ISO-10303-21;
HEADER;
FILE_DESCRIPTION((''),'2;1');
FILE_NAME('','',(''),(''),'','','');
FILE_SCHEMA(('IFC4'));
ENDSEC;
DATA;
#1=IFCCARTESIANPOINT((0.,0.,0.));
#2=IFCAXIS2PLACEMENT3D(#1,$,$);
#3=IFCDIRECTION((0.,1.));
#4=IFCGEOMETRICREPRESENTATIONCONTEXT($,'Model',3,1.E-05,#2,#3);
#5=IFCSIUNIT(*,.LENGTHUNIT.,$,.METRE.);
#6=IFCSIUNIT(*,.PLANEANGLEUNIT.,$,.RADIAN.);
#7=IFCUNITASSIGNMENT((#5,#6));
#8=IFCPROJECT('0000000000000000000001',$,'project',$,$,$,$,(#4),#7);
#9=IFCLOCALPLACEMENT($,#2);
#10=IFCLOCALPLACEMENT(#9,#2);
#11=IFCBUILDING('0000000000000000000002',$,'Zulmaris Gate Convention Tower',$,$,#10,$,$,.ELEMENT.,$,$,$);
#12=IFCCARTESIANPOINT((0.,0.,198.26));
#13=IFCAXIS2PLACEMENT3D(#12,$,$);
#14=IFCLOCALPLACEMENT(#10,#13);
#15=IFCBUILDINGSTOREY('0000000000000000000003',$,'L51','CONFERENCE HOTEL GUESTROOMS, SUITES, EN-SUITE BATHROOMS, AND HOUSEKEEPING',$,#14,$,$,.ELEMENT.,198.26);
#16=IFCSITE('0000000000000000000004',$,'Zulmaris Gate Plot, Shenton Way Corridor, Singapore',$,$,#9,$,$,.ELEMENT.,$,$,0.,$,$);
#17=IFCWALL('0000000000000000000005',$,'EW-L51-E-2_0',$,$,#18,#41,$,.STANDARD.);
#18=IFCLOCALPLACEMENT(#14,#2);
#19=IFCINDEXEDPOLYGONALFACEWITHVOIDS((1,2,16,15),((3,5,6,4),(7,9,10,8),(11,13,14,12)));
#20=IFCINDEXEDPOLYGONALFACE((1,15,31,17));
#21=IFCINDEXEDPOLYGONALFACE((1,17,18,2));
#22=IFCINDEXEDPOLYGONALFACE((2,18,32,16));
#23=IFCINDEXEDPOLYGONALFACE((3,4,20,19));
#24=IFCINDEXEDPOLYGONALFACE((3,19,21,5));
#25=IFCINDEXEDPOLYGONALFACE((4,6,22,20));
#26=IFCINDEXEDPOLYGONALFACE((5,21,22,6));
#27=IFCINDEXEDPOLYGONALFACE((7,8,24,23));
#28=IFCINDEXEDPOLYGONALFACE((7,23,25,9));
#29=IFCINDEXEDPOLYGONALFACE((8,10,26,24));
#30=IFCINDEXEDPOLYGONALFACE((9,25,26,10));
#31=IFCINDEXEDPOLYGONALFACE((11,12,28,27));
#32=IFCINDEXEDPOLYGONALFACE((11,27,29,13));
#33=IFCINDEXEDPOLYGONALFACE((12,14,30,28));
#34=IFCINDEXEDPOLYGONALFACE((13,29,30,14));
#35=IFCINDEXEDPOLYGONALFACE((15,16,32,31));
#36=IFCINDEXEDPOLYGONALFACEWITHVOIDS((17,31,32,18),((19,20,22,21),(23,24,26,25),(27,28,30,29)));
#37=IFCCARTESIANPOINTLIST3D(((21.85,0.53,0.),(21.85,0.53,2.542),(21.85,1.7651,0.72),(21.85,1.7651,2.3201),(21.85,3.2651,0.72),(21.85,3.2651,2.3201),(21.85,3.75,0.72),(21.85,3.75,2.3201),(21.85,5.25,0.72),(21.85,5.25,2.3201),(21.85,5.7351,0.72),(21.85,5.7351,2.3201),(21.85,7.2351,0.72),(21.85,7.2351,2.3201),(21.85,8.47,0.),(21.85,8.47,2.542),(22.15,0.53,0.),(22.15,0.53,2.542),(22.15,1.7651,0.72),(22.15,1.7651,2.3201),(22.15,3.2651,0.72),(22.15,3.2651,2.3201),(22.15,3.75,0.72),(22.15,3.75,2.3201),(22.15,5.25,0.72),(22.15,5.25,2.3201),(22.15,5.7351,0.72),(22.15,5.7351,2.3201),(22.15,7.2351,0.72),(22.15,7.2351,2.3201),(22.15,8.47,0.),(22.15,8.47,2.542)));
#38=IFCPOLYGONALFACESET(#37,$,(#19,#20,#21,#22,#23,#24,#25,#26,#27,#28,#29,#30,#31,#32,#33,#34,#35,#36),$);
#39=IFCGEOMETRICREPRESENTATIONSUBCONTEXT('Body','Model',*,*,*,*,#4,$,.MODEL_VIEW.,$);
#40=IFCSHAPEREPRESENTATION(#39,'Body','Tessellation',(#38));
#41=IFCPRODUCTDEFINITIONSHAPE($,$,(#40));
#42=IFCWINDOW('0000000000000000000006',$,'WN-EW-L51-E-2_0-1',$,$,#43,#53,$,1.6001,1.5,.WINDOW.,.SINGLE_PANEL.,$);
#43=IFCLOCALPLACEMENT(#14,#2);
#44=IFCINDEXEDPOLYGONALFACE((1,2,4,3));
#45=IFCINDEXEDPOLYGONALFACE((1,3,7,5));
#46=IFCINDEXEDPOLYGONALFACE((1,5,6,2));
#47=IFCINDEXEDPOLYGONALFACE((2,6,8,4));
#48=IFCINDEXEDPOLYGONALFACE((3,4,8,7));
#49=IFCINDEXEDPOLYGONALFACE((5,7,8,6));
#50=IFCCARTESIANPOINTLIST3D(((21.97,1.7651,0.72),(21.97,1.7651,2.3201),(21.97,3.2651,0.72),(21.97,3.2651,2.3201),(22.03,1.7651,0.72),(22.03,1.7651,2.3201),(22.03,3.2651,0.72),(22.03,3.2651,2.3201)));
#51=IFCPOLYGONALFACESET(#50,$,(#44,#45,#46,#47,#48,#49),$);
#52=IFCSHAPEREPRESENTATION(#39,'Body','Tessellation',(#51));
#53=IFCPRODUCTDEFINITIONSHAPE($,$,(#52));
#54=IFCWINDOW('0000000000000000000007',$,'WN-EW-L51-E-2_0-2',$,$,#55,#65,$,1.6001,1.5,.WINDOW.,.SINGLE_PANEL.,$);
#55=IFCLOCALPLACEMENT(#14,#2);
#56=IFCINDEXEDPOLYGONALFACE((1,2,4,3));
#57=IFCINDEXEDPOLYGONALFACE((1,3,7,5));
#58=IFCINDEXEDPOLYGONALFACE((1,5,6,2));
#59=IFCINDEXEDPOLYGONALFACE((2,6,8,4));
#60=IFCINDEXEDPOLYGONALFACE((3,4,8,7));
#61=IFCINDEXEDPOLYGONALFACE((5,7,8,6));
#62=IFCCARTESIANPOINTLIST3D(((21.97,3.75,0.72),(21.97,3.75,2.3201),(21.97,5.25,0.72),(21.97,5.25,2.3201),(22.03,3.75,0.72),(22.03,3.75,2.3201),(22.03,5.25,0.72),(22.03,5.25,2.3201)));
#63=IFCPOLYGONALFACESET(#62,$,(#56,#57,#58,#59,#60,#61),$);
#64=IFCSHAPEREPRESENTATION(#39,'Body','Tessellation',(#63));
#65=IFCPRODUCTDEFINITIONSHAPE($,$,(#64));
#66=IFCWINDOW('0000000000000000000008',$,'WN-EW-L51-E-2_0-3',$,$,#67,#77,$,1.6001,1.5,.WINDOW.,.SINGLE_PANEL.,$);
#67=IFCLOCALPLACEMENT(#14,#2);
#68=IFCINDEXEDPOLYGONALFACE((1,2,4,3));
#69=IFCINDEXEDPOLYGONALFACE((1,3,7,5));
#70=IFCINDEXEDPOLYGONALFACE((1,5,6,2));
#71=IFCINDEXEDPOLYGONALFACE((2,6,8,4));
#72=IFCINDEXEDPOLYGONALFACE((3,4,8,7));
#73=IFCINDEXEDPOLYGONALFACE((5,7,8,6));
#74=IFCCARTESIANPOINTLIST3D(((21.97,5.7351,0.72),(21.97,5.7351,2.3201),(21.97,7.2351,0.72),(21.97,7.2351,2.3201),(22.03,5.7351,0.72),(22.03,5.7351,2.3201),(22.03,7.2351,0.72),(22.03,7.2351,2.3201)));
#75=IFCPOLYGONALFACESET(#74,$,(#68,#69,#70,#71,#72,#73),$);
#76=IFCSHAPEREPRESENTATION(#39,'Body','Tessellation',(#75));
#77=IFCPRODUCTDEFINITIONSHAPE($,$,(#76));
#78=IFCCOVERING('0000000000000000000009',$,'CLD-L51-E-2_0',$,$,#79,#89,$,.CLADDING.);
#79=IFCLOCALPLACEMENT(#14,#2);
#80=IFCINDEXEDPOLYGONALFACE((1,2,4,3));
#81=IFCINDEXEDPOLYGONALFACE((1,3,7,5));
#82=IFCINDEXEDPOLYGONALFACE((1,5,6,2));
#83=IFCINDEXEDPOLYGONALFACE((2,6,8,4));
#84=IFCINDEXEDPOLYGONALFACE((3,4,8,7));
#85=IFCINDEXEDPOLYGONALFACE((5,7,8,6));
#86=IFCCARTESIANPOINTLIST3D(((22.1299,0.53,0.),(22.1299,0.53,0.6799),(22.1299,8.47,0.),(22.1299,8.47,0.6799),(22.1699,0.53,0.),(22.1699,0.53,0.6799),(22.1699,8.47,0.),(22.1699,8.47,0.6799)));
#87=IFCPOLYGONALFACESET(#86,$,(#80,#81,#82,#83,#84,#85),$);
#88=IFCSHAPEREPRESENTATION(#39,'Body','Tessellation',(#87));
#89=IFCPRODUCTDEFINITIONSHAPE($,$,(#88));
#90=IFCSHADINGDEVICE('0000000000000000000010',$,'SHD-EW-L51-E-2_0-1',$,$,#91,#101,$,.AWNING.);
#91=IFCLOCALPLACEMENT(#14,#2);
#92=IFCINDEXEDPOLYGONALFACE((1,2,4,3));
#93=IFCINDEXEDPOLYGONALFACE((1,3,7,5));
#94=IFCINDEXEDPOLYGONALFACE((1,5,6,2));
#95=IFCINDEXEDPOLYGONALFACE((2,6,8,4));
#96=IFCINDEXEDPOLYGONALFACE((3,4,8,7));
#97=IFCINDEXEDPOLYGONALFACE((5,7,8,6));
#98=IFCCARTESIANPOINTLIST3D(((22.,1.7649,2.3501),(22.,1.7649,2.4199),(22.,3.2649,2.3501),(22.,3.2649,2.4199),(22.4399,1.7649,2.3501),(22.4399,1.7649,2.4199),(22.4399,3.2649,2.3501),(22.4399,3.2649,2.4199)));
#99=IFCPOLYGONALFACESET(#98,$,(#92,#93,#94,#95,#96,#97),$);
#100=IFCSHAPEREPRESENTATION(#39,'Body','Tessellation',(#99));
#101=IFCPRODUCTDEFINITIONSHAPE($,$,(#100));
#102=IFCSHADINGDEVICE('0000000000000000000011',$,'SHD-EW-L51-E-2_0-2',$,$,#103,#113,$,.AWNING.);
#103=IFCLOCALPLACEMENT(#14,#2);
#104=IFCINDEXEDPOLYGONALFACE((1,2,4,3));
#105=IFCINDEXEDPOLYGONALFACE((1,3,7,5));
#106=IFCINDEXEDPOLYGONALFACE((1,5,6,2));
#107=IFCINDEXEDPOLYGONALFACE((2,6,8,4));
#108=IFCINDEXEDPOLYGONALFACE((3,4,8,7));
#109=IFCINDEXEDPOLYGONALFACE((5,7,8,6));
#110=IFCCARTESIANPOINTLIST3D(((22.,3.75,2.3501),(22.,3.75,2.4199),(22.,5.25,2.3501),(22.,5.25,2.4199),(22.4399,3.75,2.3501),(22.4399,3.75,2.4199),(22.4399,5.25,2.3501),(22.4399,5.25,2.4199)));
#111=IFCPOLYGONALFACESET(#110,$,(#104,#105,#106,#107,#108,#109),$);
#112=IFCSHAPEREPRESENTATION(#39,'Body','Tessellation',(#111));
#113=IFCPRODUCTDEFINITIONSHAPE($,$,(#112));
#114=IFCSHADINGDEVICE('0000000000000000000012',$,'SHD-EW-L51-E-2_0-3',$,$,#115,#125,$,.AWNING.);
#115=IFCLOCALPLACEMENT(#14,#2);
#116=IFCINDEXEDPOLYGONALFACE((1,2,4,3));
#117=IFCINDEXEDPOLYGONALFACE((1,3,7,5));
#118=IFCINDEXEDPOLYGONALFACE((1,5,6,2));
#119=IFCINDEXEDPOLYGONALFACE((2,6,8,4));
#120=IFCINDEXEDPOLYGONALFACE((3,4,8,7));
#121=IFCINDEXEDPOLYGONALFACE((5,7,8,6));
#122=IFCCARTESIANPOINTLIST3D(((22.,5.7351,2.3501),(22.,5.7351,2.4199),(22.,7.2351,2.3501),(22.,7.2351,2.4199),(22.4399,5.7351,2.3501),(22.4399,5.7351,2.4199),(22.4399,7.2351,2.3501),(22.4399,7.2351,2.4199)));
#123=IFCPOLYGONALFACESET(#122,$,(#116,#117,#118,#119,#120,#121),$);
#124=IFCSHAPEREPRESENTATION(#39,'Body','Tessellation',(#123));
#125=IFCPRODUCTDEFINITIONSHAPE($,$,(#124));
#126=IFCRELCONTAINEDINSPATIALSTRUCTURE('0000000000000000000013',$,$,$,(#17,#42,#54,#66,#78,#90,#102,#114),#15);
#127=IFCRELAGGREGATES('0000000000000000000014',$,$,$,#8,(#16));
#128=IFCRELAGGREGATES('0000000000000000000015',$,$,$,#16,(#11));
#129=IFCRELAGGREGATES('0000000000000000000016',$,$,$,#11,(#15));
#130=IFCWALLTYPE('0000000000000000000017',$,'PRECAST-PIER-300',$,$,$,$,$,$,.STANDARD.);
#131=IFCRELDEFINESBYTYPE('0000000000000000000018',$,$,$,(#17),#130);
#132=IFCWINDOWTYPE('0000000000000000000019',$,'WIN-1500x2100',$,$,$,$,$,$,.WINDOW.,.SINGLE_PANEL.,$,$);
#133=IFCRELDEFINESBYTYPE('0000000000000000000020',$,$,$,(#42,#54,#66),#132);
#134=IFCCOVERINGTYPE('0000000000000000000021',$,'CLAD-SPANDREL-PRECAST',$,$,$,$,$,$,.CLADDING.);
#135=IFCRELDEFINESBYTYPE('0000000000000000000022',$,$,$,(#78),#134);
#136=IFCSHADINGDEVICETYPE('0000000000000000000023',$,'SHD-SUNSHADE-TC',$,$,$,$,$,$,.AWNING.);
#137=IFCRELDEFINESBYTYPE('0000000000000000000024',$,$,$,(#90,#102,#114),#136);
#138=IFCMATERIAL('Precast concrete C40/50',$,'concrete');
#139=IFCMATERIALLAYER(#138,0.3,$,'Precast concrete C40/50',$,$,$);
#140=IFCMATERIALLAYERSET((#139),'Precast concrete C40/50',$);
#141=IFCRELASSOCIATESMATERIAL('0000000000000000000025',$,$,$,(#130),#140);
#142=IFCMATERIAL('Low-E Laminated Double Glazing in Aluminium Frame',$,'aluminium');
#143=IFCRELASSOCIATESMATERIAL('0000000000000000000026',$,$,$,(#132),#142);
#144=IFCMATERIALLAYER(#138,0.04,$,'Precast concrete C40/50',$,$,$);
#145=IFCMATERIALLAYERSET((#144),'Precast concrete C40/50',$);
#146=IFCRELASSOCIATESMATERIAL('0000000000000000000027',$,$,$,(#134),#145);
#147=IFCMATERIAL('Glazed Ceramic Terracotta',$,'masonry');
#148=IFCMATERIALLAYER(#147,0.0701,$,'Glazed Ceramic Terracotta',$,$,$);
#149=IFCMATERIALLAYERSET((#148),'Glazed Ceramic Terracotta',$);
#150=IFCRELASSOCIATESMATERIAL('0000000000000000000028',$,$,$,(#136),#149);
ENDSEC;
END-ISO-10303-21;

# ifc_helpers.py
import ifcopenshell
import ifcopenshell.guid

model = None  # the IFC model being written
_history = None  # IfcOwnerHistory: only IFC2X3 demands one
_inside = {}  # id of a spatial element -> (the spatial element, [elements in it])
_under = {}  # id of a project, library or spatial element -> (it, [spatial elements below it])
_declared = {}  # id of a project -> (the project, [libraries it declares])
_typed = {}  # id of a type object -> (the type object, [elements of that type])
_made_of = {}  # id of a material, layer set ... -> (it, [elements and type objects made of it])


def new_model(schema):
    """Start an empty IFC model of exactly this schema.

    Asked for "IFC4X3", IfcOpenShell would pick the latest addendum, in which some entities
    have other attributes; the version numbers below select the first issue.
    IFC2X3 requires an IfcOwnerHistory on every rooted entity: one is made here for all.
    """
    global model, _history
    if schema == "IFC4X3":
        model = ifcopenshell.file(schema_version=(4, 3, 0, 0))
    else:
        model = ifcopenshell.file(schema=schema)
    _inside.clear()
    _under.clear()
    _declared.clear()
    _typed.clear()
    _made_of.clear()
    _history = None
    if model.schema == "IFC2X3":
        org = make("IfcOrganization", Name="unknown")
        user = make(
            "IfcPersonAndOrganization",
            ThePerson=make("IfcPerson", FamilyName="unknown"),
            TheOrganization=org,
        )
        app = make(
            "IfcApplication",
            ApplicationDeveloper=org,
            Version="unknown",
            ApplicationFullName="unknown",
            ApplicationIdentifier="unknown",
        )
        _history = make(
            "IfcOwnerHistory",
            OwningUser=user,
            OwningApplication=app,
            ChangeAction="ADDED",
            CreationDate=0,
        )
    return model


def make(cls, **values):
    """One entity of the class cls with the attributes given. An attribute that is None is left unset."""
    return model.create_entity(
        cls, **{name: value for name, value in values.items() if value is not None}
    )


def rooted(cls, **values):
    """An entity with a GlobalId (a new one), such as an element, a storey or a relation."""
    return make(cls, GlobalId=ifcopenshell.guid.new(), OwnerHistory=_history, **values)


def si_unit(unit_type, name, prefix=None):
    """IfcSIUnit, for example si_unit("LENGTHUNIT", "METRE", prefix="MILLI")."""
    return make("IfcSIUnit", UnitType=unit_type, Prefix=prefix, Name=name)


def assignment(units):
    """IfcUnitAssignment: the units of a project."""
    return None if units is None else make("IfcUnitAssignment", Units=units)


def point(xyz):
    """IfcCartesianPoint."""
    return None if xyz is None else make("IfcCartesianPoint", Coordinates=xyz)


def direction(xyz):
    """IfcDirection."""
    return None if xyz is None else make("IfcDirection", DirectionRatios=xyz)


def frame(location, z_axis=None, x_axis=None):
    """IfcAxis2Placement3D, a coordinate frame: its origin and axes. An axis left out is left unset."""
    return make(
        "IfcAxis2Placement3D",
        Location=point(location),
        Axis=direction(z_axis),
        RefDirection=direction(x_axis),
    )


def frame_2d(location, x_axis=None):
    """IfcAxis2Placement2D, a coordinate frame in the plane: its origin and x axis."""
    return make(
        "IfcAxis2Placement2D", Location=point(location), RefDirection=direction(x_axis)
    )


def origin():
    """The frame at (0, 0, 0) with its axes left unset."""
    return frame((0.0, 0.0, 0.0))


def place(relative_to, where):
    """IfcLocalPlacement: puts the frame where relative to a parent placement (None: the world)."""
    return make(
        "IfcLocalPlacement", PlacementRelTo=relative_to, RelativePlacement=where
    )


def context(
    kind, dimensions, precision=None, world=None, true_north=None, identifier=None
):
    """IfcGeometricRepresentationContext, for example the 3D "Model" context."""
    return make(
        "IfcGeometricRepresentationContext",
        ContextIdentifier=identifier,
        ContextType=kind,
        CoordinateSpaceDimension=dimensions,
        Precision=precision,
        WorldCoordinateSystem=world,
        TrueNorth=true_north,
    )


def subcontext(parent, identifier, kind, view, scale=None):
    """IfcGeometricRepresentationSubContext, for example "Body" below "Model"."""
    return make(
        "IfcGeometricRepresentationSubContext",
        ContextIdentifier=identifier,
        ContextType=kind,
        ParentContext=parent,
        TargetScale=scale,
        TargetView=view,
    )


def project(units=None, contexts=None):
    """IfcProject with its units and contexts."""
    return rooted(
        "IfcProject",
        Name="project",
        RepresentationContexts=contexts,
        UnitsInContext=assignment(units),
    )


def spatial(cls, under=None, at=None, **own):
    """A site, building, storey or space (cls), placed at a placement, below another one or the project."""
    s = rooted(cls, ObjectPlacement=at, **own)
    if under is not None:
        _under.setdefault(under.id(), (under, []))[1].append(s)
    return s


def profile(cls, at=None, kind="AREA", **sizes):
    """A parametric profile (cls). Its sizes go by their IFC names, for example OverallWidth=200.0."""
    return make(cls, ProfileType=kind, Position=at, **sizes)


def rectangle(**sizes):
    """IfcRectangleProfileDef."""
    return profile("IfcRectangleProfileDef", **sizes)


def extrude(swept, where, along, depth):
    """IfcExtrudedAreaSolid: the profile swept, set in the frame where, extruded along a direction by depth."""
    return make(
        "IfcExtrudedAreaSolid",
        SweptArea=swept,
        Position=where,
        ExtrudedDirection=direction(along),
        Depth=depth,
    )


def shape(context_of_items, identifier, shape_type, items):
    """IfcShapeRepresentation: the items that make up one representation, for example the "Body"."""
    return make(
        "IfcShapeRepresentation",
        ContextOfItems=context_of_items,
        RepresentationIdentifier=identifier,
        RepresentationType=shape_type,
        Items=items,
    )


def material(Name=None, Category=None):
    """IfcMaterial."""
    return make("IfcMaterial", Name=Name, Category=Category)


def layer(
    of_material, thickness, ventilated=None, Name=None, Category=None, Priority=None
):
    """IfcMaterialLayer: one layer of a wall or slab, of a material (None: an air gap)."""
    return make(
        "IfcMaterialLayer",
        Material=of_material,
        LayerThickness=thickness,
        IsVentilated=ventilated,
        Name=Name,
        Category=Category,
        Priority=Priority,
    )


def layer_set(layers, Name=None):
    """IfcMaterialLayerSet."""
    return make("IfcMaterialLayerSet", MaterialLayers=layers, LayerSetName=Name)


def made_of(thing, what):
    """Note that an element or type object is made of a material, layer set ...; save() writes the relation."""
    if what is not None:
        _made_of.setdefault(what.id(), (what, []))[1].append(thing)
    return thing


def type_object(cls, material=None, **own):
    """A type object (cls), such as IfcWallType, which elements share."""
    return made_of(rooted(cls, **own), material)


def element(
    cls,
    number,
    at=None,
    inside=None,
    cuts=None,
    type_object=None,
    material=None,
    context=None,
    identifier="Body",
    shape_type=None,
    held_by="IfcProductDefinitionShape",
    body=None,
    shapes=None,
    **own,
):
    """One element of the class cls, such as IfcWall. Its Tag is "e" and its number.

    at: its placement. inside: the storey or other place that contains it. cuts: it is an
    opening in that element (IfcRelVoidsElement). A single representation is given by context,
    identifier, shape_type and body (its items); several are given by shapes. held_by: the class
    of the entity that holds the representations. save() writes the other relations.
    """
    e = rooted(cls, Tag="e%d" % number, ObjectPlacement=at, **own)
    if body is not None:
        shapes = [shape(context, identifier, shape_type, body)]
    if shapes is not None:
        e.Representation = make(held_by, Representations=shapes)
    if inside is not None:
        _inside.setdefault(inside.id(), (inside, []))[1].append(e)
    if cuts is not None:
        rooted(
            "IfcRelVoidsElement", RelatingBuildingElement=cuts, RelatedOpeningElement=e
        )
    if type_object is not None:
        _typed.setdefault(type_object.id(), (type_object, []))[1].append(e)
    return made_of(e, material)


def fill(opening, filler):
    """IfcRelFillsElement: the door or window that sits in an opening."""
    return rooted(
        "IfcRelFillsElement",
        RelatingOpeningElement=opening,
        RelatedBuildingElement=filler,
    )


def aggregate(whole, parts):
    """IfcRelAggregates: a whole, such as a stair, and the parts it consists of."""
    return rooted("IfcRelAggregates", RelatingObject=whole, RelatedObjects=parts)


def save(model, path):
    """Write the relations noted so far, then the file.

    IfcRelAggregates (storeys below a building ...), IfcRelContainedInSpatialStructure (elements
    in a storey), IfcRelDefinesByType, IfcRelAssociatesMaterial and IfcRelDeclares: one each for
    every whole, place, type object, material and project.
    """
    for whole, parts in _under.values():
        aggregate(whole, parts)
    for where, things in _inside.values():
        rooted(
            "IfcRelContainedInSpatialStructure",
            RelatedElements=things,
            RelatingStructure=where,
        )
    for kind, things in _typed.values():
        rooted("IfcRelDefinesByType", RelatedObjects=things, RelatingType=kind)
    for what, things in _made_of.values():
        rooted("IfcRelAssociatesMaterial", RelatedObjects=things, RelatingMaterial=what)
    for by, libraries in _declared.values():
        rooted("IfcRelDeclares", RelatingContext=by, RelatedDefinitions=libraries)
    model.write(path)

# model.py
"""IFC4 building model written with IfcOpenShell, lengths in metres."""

from ifc_helpers import new_model, si_unit, direction, frame, frame_2d, origin, place, context, subcontext, project, spatial, rectangle, extrude, material, layer, layer_set, type_object, element, fill, save


model = new_model("IFC4")

# Units and contexts
model_context = context("Model", 3, precision=1e-05, world=origin(), true_north=direction((0.0, 1.0)))
body_context = subcontext(model_context, "Body", "Model", "MODEL_VIEW")
ifc_project = project(units=[si_unit("LENGTHUNIT", "METRE"), si_unit("PLANEANGLEUNIT", "RADIAN")], contexts=[model_context])

# Site, building, storey
site_placement = place(None, origin())
site = spatial("IfcSite", under=ifc_project, at=site_placement, Name="Zulmaris Gate Plot, Shenton Way Corridor, Singapore", CompositionType="ELEMENT", RefElevation=0.0)
building_placement = place(site_placement, origin())
building = spatial("IfcBuilding", under=site, at=building_placement, Name="Zulmaris Gate Convention Tower", CompositionType="ELEMENT")
storey_placement = place(building_placement, frame((0.0, 0.0, 198.26)))
storey = spatial("IfcBuildingStorey", under=building, at=storey_placement, Name="L51", Description="CONFERENCE HOTEL GUESTROOMS, SUITES, EN-SUITE BATHROOMS, AND HOUSEKEEPING", CompositionType="ELEMENT", Elevation=198.26)

# Wall, openings, windows
ifc_material_1 = material(Name="Precast concrete C40/50", Category="concrete")
ifc_layer_1 = layer(ifc_material_1, 0.3, Name="Precast concrete C40/50")
ifc_layer_set_1 = layer_set([ifc_layer_1], Name="Precast concrete C40/50")
wall_type_1 = type_object("IfcWallType", Name="PRECAST-PIER-300", PredefinedType="STANDARD", material=ifc_layer_set_1)
wall_1_placement = place(storey_placement, frame((22.0, 0.53, 0.0), z_axis=(0.0, 0.0, 1.0), x_axis=(0.0, 1.0, 0.0)))
wall_1 = element("IfcWall", 1, at=wall_1_placement, inside=storey, type_object=wall_type_1, Name="EW-L51-E-2_0", PredefinedType="STANDARD", context=body_context, shape_type="SweptSolid", body=[
    extrude(rectangle(XDim=7.9399, YDim=0.3, at=frame_2d((3.97, 0.0))), origin(), (0.0, 0.0, 1.0), 2.542),
])
opening_1_placement = place(wall_1_placement, frame((1.2351, 0.0, 0.72)))
opening_1 = element("IfcOpeningElement", 2, at=opening_1_placement, cuts=wall_1, PredefinedType="OPENING", context=body_context, shape_type="SweptSolid", body=[
    extrude(rectangle(XDim=1.5, YDim=1.6001, at=frame_2d((0.75, 0.8))), frame((0.0, 0.1602, 0.0), z_axis=(0.0, -1.0, 0.0), x_axis=(1.0, 0.0, 0.0)), (0.0, 0.0, 1.0), 0.3201),
])
opening_2_placement = place(wall_1_placement, frame((3.22, 0.0, 0.72)))
opening_2 = element("IfcOpeningElement", 3, at=opening_2_placement, cuts=wall_1, PredefinedType="OPENING", context=body_context, shape_type="SweptSolid", body=[
    extrude(rectangle(XDim=1.5, YDim=1.6001, at=frame_2d((0.75, 0.8))), frame((0.0, 0.1602, 0.0), z_axis=(0.0, -1.0, 0.0), x_axis=(1.0, 0.0, 0.0)), (0.0, 0.0, 1.0), 0.3201),
])
opening_3_placement = place(wall_1_placement, frame((5.2051, 0.0, 0.72)))
opening_3 = element("IfcOpeningElement", 4, at=opening_3_placement, cuts=wall_1, PredefinedType="OPENING", context=body_context, shape_type="SweptSolid", body=[
    extrude(rectangle(XDim=1.5, YDim=1.6001, at=frame_2d((0.75, 0.8))), frame((0.0, 0.1602, 0.0), z_axis=(0.0, -1.0, 0.0), x_axis=(1.0, 0.0, 0.0)), (0.0, 0.0, 1.0), 0.3201),
])
ifc_material_2 = material(Name="Low-E Laminated Double Glazing in Aluminium Frame", Category="aluminium")
window_type = type_object("IfcWindowType", Name="WIN-1500x2100", PartitioningType="SINGLE_PANEL", PredefinedType="WINDOW", material=ifc_material_2)
window_1_placement = place(opening_1_placement, origin())
window_1 = element("IfcWindow", 5, at=window_1_placement, inside=storey, type_object=window_type, Name="WN-EW-L51-E-2_0-1", OverallHeight=1.6001, OverallWidth=1.5, PartitioningType="SINGLE_PANEL", PredefinedType="WINDOW", context=body_context, shape_type="SweptSolid", body=[
    extrude(rectangle(XDim=1.5, YDim=1.6001, at=frame_2d((0.75, 0.8))), frame((0.0, 0.03, 0.0), z_axis=(0.0, -1.0, 0.0), x_axis=(1.0, 0.0, 0.0)), (0.0, 0.0, 1.0), 0.0601),
])
fill(opening_1, window_1)
window_2_placement = place(opening_2_placement, origin())
window_2 = element("IfcWindow", 6, at=window_2_placement, inside=storey, type_object=window_type, Name="WN-EW-L51-E-2_0-2", OverallHeight=1.6001, OverallWidth=1.5, PartitioningType="SINGLE_PANEL", PredefinedType="WINDOW", context=body_context, shape_type="SweptSolid", body=[
    extrude(rectangle(XDim=1.5, YDim=1.6001, at=frame_2d((0.75, 0.8))), frame((0.0, 0.03, 0.0), z_axis=(0.0, -1.0, 0.0), x_axis=(1.0, 0.0, 0.0)), (0.0, 0.0, 1.0), 0.0601),
])
fill(opening_2, window_2)
window_3_placement = place(opening_3_placement, origin())
window_3 = element("IfcWindow", 7, at=window_3_placement, inside=storey, type_object=window_type, Name="WN-EW-L51-E-2_0-3", OverallHeight=1.6001, OverallWidth=1.5, PartitioningType="SINGLE_PANEL", PredefinedType="WINDOW", context=body_context, shape_type="SweptSolid", body=[
    extrude(rectangle(XDim=1.5, YDim=1.6001, at=frame_2d((0.75, 0.8))), frame((0.0, 0.03, 0.0), z_axis=(0.0, -1.0, 0.0), x_axis=(1.0, 0.0, 0.0)), (0.0, 0.0, 1.0), 0.0601),
])
fill(opening_3, window_3)

# Covering
ifc_layer_2 = layer(ifc_material_1, 0.04, Name="Precast concrete C40/50")
ifc_layer_set_2 = layer_set([ifc_layer_2], Name="Precast concrete C40/50")
covering_type = type_object("IfcCoveringType", Name="CLAD-SPANDREL-PRECAST", PredefinedType="CLADDING", material=ifc_layer_set_2)
covering_placement = place(storey_placement, frame((22.1499, 0.53, 0.0), z_axis=(0.0, 0.0, 1.0), x_axis=(0.0, 1.0, 0.0)))
element("IfcCovering", 8, at=covering_placement, inside=storey, type_object=covering_type, Name="CLD-L51-E-2_0", PredefinedType="CLADDING", context=body_context, shape_type="SweptSolid", body=[
    extrude(rectangle(XDim=7.9399, YDim=0.04, at=frame_2d((3.97, 0.0))), origin(), (0.0, 0.0, 1.0), 0.6799),
])

# Shading devices
ifc_material_3 = material(Name="Glazed Ceramic Terracotta", Category="masonry")
ifc_layer_3 = layer(ifc_material_3, 0.0701, Name="Glazed Ceramic Terracotta")
ifc_layer_set_3 = layer_set([ifc_layer_3], Name="Glazed Ceramic Terracotta")
shading_device_type = type_object("IfcShadingDeviceType", Name="SHD-SUNSHADE-TC", PredefinedType="AWNING", material=ifc_layer_set_3)
for number, where, z_axis, x_axis, name in (
    (9, (22.22, 1.7649, 2.3501), (0.0, 0.0, 1.0), (0.0, 1.0, 0.0), "SHD-EW-L51-E-2_0-1"),
    (10, (22.22, 3.75, 2.3501), (0.0, 0.0, 1.0), (0.0, 1.0, 0.0), "SHD-EW-L51-E-2_0-2"),
    (11, (22.22, 5.7351, 2.3501), (0.0, 0.0, 1.0), (0.0, 1.0, 0.0), "SHD-EW-L51-E-2_0-3"),
):
    element("IfcShadingDevice", number, at=place(storey_placement, frame(where, z_axis=z_axis, x_axis=x_axis)), inside=storey, type_object=shading_device_type, Name=name, PredefinedType="AWNING", context=body_context, shape_type="SweptSolid", body=[
        extrude(rectangle(XDim=1.5, YDim=0.4399, at=frame_2d((0.75, 0.0))), origin(), (0.0, 0.0, 1.0), 0.0698),
    ])

save(model, "model.ifc")
